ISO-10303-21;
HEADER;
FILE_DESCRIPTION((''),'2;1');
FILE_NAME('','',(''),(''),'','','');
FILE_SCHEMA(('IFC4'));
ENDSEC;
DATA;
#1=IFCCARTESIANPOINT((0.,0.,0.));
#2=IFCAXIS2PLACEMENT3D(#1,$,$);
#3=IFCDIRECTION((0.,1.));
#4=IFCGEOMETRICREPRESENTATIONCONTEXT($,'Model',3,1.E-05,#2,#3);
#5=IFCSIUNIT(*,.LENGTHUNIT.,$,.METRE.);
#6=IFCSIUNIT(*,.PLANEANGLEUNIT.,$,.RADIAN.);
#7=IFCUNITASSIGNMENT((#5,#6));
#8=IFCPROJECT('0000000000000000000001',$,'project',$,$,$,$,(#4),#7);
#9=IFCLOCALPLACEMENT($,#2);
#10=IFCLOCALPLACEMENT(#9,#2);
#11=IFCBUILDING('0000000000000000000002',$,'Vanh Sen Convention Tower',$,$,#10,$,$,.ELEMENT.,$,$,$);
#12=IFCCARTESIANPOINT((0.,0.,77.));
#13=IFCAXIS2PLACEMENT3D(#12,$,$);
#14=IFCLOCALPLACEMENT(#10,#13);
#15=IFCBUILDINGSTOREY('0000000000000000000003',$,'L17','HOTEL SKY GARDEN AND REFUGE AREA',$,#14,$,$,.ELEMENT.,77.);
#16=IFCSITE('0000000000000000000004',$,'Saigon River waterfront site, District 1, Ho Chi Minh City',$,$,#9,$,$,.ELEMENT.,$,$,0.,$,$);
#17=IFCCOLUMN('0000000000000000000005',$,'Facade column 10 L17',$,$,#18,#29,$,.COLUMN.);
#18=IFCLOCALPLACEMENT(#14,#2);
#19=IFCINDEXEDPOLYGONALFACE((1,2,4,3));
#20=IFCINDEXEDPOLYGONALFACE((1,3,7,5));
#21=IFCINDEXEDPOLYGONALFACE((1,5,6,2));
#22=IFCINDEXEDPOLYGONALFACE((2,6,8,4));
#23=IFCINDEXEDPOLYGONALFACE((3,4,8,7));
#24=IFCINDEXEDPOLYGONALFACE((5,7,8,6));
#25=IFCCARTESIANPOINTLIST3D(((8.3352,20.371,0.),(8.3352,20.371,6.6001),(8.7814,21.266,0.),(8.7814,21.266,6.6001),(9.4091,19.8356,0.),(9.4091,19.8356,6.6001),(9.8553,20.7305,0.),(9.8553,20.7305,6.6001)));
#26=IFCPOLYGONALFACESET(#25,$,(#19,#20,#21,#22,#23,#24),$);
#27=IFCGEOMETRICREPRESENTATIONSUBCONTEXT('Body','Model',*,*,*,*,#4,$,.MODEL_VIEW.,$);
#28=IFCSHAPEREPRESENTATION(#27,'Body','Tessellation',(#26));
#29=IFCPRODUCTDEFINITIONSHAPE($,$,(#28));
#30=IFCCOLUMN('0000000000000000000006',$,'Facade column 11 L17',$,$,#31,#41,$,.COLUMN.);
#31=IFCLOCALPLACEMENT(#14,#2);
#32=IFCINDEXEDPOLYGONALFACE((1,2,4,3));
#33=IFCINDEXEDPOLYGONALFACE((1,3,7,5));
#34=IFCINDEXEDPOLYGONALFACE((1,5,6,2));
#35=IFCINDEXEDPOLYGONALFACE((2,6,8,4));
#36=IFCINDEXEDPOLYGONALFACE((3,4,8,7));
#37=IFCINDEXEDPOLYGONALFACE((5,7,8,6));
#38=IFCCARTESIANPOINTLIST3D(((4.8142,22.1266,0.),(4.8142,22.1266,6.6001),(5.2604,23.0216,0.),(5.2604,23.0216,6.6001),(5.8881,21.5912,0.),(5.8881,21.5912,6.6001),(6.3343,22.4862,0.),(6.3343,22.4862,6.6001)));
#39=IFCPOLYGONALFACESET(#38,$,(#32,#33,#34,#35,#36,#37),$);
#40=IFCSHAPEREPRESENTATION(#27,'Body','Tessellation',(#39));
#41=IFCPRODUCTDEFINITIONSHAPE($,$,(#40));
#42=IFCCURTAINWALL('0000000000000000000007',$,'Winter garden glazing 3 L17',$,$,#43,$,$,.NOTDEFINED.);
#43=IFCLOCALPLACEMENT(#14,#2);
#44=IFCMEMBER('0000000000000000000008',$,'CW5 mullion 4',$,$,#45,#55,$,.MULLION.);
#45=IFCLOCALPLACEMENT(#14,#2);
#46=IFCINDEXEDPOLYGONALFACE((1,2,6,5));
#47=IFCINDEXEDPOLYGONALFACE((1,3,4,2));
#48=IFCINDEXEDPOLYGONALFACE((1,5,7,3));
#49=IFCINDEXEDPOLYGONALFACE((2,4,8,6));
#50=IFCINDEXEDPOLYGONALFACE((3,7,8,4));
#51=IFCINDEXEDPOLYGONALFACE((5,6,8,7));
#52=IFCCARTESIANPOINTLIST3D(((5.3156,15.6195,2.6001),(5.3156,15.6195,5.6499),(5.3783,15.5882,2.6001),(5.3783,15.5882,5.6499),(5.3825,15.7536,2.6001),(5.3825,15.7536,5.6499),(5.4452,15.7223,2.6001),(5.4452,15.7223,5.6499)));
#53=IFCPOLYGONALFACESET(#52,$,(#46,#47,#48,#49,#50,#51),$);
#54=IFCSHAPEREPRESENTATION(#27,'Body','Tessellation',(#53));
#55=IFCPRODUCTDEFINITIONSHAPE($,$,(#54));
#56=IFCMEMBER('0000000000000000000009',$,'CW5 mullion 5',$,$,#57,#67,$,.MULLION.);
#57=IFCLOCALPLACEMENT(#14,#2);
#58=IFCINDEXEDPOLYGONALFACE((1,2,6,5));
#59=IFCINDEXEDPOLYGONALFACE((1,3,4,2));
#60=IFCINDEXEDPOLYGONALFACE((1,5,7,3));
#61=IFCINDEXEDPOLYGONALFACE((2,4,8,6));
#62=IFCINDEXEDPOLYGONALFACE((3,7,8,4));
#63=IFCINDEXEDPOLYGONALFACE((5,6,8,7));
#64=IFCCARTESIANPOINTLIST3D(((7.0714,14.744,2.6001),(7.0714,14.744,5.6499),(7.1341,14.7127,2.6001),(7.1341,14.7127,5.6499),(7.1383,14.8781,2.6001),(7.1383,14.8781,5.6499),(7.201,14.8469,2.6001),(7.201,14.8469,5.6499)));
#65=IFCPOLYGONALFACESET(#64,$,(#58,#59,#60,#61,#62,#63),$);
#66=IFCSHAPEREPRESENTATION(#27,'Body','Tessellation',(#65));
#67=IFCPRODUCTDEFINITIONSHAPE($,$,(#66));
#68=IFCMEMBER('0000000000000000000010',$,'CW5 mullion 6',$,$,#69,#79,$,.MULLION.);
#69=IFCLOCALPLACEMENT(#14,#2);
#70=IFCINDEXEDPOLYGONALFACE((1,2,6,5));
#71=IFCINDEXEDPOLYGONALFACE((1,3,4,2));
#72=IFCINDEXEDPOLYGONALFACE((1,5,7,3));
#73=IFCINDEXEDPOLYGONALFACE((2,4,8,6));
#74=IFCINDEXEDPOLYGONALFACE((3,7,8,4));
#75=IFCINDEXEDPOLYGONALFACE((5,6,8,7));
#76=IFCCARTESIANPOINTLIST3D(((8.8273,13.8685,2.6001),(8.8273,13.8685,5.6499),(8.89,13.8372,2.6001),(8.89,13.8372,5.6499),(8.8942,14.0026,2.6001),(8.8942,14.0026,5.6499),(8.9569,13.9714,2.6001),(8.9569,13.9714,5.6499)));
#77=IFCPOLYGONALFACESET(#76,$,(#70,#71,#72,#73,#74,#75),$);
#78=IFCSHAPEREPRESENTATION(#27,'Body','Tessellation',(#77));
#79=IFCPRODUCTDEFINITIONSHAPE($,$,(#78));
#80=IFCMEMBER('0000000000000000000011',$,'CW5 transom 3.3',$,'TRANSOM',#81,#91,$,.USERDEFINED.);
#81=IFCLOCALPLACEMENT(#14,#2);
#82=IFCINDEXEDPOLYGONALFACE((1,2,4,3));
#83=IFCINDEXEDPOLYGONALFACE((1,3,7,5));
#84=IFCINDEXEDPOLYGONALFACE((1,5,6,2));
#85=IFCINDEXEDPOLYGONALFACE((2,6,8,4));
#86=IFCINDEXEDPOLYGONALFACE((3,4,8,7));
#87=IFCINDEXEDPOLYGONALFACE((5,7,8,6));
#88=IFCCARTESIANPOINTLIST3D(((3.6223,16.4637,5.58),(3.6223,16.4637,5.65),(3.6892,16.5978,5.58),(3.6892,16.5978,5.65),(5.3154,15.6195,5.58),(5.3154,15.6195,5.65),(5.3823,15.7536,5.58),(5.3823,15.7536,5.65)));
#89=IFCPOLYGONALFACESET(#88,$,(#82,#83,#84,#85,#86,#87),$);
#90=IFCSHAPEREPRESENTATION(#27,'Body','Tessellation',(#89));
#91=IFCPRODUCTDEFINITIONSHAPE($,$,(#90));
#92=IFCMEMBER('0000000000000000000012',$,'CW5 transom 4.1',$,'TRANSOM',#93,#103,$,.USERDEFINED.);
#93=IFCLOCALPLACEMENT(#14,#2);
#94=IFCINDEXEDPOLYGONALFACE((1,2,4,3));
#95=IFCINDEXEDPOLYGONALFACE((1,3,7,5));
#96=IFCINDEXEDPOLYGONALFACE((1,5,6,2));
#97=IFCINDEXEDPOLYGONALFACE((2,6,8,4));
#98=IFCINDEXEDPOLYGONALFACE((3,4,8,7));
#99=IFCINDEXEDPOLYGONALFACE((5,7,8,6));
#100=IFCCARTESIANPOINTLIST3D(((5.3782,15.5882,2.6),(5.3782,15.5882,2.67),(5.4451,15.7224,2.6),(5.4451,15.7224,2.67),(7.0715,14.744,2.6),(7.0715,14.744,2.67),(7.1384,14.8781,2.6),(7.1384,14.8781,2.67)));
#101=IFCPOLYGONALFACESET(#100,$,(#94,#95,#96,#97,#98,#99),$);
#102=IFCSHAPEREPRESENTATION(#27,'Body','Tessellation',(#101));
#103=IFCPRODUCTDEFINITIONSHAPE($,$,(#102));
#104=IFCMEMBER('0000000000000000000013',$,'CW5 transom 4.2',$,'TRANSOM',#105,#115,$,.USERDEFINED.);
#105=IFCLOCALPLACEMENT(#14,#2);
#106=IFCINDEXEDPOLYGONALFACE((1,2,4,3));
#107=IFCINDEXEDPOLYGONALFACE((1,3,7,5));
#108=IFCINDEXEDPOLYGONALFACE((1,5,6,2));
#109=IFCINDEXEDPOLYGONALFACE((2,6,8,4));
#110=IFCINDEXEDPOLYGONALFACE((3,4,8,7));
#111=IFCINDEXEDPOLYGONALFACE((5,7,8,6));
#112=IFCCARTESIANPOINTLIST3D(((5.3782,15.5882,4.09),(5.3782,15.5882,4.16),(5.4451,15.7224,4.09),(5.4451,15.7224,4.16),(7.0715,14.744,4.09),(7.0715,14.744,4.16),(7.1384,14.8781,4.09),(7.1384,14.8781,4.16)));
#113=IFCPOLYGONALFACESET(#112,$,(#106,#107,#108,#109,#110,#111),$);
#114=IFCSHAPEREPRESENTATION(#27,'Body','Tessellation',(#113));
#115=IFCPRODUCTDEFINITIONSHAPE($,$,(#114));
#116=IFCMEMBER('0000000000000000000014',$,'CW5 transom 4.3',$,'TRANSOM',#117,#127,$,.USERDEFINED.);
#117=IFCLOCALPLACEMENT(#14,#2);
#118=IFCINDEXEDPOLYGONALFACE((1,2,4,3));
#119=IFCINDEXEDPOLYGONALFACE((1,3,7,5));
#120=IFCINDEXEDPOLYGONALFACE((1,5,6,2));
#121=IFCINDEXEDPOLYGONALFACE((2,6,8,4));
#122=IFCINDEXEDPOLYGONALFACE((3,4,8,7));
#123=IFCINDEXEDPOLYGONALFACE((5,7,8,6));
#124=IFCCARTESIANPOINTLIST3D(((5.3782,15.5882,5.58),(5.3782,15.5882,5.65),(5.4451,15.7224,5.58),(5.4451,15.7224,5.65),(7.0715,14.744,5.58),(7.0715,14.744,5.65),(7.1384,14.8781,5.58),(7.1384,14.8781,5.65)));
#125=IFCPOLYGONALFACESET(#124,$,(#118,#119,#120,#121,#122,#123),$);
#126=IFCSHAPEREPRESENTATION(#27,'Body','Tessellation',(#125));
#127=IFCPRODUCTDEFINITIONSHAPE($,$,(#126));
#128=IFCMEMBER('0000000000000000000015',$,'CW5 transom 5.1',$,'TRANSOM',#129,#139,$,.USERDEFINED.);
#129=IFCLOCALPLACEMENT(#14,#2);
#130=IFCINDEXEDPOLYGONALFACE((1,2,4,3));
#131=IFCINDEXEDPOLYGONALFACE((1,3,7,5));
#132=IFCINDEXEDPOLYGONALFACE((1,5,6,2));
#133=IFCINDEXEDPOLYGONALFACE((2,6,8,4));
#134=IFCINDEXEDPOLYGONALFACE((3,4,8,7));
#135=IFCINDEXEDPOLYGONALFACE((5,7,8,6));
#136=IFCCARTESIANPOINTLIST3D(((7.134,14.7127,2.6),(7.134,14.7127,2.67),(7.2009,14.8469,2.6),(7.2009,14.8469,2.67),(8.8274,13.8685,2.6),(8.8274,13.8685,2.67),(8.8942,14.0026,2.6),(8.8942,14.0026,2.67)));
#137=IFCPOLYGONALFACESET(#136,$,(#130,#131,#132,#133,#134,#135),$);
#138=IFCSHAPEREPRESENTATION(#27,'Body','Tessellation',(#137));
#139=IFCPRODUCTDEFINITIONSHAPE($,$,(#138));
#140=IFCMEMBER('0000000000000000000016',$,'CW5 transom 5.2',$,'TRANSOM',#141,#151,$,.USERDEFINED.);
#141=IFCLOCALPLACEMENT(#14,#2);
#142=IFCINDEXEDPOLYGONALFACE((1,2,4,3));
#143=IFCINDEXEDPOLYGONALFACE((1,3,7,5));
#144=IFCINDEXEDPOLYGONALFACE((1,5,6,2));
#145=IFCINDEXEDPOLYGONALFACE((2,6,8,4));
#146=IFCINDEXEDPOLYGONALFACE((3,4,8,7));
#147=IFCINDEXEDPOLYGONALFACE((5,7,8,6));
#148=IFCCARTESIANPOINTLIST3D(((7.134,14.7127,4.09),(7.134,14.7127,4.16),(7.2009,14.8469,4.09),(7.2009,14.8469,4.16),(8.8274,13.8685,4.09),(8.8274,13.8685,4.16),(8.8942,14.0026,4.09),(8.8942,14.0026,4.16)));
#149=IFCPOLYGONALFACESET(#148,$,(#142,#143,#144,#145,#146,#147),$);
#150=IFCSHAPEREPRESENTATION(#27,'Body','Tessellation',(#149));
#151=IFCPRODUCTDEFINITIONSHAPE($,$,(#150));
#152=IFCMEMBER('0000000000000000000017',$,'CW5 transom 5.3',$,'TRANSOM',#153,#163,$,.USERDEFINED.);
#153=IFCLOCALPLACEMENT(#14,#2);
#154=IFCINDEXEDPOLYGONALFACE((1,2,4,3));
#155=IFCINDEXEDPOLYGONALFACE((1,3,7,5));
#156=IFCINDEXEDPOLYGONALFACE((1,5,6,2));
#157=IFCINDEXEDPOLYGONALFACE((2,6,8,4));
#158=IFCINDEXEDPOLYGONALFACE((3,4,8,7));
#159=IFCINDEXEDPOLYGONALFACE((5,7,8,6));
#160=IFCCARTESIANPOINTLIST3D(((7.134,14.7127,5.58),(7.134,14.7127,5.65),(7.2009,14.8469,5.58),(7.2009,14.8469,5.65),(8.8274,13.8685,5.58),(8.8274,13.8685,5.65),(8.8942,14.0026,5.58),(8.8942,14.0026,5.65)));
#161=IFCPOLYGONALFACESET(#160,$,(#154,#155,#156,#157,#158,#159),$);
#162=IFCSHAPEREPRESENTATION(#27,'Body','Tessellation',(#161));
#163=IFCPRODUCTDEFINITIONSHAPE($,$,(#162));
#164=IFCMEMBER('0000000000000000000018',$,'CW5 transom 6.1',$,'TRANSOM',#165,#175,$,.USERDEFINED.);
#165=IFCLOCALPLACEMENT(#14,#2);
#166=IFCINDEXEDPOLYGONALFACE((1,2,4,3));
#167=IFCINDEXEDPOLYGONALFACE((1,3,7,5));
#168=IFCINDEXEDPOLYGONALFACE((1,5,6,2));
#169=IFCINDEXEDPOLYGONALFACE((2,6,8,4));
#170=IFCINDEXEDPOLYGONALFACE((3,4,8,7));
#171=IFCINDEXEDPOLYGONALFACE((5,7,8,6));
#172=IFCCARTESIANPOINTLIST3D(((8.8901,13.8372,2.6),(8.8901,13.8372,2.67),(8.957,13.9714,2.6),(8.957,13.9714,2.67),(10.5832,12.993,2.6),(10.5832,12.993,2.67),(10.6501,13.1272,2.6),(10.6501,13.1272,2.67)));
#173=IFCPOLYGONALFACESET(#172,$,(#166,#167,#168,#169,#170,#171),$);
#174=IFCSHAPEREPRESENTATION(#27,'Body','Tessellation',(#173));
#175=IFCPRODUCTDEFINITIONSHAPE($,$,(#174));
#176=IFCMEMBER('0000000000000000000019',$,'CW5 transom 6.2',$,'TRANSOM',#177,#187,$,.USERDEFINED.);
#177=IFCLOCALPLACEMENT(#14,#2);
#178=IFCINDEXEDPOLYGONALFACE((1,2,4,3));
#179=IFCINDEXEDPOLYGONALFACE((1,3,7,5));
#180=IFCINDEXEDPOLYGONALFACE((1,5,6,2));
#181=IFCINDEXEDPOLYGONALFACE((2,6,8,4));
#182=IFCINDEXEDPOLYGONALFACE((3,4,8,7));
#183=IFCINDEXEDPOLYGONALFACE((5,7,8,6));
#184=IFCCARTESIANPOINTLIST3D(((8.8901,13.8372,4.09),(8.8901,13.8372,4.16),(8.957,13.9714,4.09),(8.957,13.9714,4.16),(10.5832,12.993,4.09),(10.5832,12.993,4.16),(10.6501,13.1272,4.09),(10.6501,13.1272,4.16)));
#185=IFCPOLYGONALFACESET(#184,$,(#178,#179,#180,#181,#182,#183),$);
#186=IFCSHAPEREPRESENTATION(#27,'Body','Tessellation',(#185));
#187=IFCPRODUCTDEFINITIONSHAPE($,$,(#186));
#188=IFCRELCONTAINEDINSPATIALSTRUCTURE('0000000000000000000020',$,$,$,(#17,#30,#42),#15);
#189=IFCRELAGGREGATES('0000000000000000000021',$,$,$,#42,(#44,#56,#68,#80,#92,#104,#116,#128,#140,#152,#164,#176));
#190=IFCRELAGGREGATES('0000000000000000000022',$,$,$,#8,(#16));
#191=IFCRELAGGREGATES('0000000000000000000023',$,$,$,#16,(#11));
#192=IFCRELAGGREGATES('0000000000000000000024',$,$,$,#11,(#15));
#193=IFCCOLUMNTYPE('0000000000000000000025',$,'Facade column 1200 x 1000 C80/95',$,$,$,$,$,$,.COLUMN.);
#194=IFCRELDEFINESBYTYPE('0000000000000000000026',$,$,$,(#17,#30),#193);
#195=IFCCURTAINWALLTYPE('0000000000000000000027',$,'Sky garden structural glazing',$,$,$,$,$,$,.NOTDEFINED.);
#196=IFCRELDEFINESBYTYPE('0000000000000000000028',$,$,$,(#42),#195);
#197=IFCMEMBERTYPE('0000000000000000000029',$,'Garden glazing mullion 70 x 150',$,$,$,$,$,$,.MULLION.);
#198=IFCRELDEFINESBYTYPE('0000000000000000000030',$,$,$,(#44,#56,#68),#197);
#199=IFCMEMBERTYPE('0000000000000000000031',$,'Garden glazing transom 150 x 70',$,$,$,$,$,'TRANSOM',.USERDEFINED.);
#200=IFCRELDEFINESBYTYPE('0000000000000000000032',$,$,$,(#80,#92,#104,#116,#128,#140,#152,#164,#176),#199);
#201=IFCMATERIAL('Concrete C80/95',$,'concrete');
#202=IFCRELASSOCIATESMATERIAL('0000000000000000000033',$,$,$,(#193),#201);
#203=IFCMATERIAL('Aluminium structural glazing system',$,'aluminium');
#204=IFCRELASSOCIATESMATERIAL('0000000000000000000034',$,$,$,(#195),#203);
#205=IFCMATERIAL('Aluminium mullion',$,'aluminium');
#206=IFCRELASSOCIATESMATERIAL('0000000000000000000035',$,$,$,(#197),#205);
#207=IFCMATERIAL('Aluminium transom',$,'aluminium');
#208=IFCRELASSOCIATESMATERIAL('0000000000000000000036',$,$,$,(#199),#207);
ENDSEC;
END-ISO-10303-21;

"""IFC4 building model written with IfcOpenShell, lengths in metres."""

from ifc_helpers import new_model, si_unit, direction, frame, origin, origin_2d, place, context, subcontext, project, spatial, rectangle, extrude, material, material_profile, profile_set, type_object, element, aggregate, save


model = new_model("IFC4")

# Units and contexts
model_context = context("Model", 3, precision=1e-05, world=origin(), true_north=direction((0.0, 1.0)))
body_context = subcontext(model_context, "Body", "Model", "MODEL_VIEW")
ifc_project = project(units=[si_unit("LENGTHUNIT", "METRE"), si_unit("PLANEANGLEUNIT", "RADIAN")], contexts=[model_context])

# Site, building, storey
site_placement = place(None, origin())
site = spatial("IfcSite", under=ifc_project, at=site_placement, Name="Saigon River waterfront site, District 1, Ho Chi Minh City", CompositionType="ELEMENT", RefElevation=0.0)
building_placement = place(site_placement, origin())
building = spatial("IfcBuilding", under=site, at=building_placement, Name="Vanh Sen Convention Tower", CompositionType="ELEMENT")
storey_placement = place(building_placement, frame((0.0, 0.0, 77.0)))
storey = spatial("IfcBuildingStorey", under=building, at=storey_placement, Name="L17", Description="HOTEL SKY GARDEN AND REFUGE AREA", CompositionType="ELEMENT", Elevation=77.0)

# Columns
ifc_material_1 = material(Name="Concrete C80/95", Category="concrete")
ifc_material_profile_1 = material_profile(ifc_material_1, rectangle(XDim=1.2, YDim=1.0, at=origin_2d()), Name="RC 1200X1000")
ifc_profile_set_1 = profile_set([ifc_material_profile_1], Name="Concrete C80/95")
column_type = type_object("IfcColumnType", Name="Facade column 1200 x 1000 C80/95", PredefinedType="COLUMN", material=ifc_profile_set_1)
for number, where, z_axis, x_axis, name in (
    (1, (9.0952, 20.5508, 0.0), (0.0, 0.0, 1.0), (-0.894934, 0.446198, 0.0), "Facade column 10 L17"),
    (2, (5.5742, 22.3064, 0.0), (0.0, 0.0, 1.0), (-0.894934, 0.446198, 0.0), "Facade column 11 L17"),
):
    element("IfcColumn", number, at=place(storey_placement, frame(where, z_axis=z_axis, x_axis=x_axis)), inside=storey, type_object=column_type, Name=name, PredefinedType="COLUMN", context=body_context, shape_type="SweptSolid", body=[
        extrude(rectangle(XDim=1.2, YDim=1.0, at=origin_2d()), origin(), (0.0, 0.0, 1.0), 6.6001),
    ])

# Curtain wall, members
ifc_material_2 = material(Name="Aluminium structural glazing system", Category="aluminium")
curtain_wall_type_1 = type_object("IfcCurtainWallType", Name="Sky garden structural glazing", PredefinedType="NOTDEFINED", material=ifc_material_2)
curtain_wall_1_placement = place(storey_placement, origin())
curtain_wall_1 = element("IfcCurtainWall", 3, at=curtain_wall_1_placement, inside=storey, type_object=curtain_wall_type_1, Name="Winter garden glazing 3 L17", PredefinedType="NOTDEFINED")
ifc_material_3 = material(Name="Aluminium mullion", Category="aluminium")
ifc_material_profile_2 = material_profile(ifc_material_3, rectangle(XDim=0.1499, YDim=0.0701, at=origin_2d()), Name="Garden glazing mullion 70 x 150")
ifc_profile_set_2 = profile_set([ifc_material_profile_2], Name="Aluminium mullion")
member_type_1 = type_object("IfcMemberType", Name="Garden glazing mullion 70 x 150", PredefinedType="MULLION", material=ifc_profile_set_2)
member_1_placement = place(storey_placement, frame((5.3804, 15.6709, 2.6001), z_axis=(0.0, 0.0, 1.0), x_axis=(0.446203, 0.894932, 0.0)))
member_1 = element("IfcMember", 4, at=member_1_placement, type_object=member_type_1, Name="CW5 mullion 4", PredefinedType="MULLION", context=body_context, shape_type="SweptSolid", body=[
    extrude(rectangle(XDim=0.1499, YDim=0.0701, at=origin_2d()), origin(), (0.0, 0.0, 1.0), 3.0498),
])
member_2_placement = place(storey_placement, frame((7.1362, 14.7954, 2.6001), z_axis=(0.0, 0.0, 1.0), x_axis=(0.446203, 0.894932, 0.0)))
member_2 = element("IfcMember", 5, at=member_2_placement, type_object=member_type_1, Name="CW5 mullion 5", PredefinedType="MULLION", context=body_context, shape_type="SweptSolid", body=[
    extrude(rectangle(XDim=0.1499, YDim=0.0701, at=origin_2d()), origin(), (0.0, 0.0, 1.0), 3.0498),
])
member_3_placement = place(storey_placement, frame((8.8921, 13.9199, 2.6001), z_axis=(0.0, 0.0, 1.0), x_axis=(0.446203, 0.894932, 0.0)))
member_3 = element("IfcMember", 6, at=member_3_placement, type_object=member_type_1, Name="CW5 mullion 6", PredefinedType="MULLION", context=body_context, shape_type="SweptSolid", body=[
    extrude(rectangle(XDim=0.1499, YDim=0.0701, at=origin_2d()), origin(), (0.0, 0.0, 1.0), 3.0498),
])
ifc_material_4 = material(Name="Aluminium transom", Category="aluminium")
ifc_material_profile_3 = material_profile(ifc_material_4, rectangle(XDim=0.1499, YDim=0.0701, at=origin_2d()), Name="Garden glazing transom 150 x 70")
ifc_profile_set_3 = profile_set([ifc_material_profile_3], Name="Aluminium transom")
member_type_2 = type_object("IfcMemberType", Name="Garden glazing transom 150 x 70", ElementType="TRANSOM", PredefinedType="USERDEFINED", material=ifc_profile_set_3)
member_4_placement = place(storey_placement, frame((3.6558, 16.5308, 5.615), z_axis=(0.894917, -0.446233, 0.0), x_axis=(0.446233, 0.894917, 0.0)))
member_4 = element("IfcMember", 7, at=member_4_placement, type_object=member_type_2, Name="CW5 transom 3.3", ObjectType="TRANSOM", PredefinedType="USERDEFINED", context=body_context, shape_type="SweptSolid", body=[
    extrude(rectangle(XDim=0.1499, YDim=0.0701, at=origin_2d()), origin(), (0.0, 0.0, 1.0), 1.8918),
])
member_5_placement = place(storey_placement, frame((5.4116, 15.6553, 2.635), z_axis=(0.894943, -0.446181, 0.0), x_axis=(0.446181, 0.894943, 0.0)))
member_5 = element("IfcMember", 8, at=member_5_placement, type_object=member_type_2, Name="CW5 transom 4.1", ObjectType="TRANSOM", PredefinedType="USERDEFINED", context=body_context, shape_type="SweptSolid", body=[
    extrude(rectangle(XDim=0.1499, YDim=0.0701, at=origin_2d()), origin(), (0.0, 0.0, 1.0), 1.8921),
])
member_6_placement = place(storey_placement, frame((5.4116, 15.6553, 4.125), z_axis=(0.894943, -0.446181, 0.0), x_axis=(0.446181, 0.894943, 0.0)))
member_6 = element("IfcMember", 9, at=member_6_placement, type_object=member_type_2, Name="CW5 transom 4.2", ObjectType="TRANSOM", PredefinedType="USERDEFINED", context=body_context, shape_type="SweptSolid", body=[
    extrude(rectangle(XDim=0.1499, YDim=0.0701, at=origin_2d()), origin(), (0.0, 0.0, 1.0), 1.8921),
])
member_7_placement = place(storey_placement, frame((5.4116, 15.6553, 5.615), z_axis=(0.894943, -0.446181, 0.0), x_axis=(0.446181, 0.894943, 0.0)))
member_7 = element("IfcMember", 10, at=member_7_placement, type_object=member_type_2, Name="CW5 transom 4.3", ObjectType="TRANSOM", PredefinedType="USERDEFINED", context=body_context, shape_type="SweptSolid", body=[
    extrude(rectangle(XDim=0.1499, YDim=0.0701, at=origin_2d()), origin(), (0.0, 0.0, 1.0), 1.8921),
])
member_8_placement = place(storey_placement, frame((7.1675, 14.7798, 2.635), z_axis=(0.894943, -0.446181, 0.0), x_axis=(0.446181, 0.894943, 0.0)))
member_8 = element("IfcMember", 11, at=member_8_placement, type_object=member_type_2, Name="CW5 transom 5.1", ObjectType="TRANSOM", PredefinedType="USERDEFINED", context=body_context, shape_type="SweptSolid", body=[
    extrude(rectangle(XDim=0.1499, YDim=0.0701, at=origin_2d()), origin(), (0.0, 0.0, 1.0), 1.8921),
])
member_9_placement = place(storey_placement, frame((7.1675, 14.7798, 4.125), z_axis=(0.894943, -0.446181, 0.0), x_axis=(0.446181, 0.894943, 0.0)))
member_9 = element("IfcMember", 12, at=member_9_placement, type_object=member_type_2, Name="CW5 transom 5.2", ObjectType="TRANSOM", PredefinedType="USERDEFINED", context=body_context, shape_type="SweptSolid", body=[
    extrude(rectangle(XDim=0.1499, YDim=0.0701, at=origin_2d()), origin(), (0.0, 0.0, 1.0), 1.8921),
])
member_10_placement = place(storey_placement, frame((7.1675, 14.7798, 5.615), z_axis=(0.894943, -0.446181, 0.0), x_axis=(0.446181, 0.894943, 0.0)))
member_10 = element("IfcMember", 13, at=member_10_placement, type_object=member_type_2, Name="CW5 transom 5.3", ObjectType="TRANSOM", PredefinedType="USERDEFINED", context=body_context, shape_type="SweptSolid", body=[
    extrude(rectangle(XDim=0.1499, YDim=0.0701, at=origin_2d()), origin(), (0.0, 0.0, 1.0), 1.8921),
])
member_11_placement = place(storey_placement, frame((8.9236, 13.9043, 2.635), z_axis=(0.894917, -0.446233, 0.0), x_axis=(0.446233, 0.894917, 0.0)))
member_11 = element("IfcMember", 14, at=member_11_placement, type_object=member_type_2, Name="CW5 transom 6.1", ObjectType="TRANSOM", PredefinedType="USERDEFINED", context=body_context, shape_type="SweptSolid", body=[
    extrude(rectangle(XDim=0.1499, YDim=0.0701, at=origin_2d()), origin(), (0.0, 0.0, 1.0), 1.8918),
])
member_12_placement = place(storey_placement, frame((8.9236, 13.9043, 4.125), z_axis=(0.894917, -0.446233, 0.0), x_axis=(0.446233, 0.894917, 0.0)))
member_12 = element("IfcMember", 15, at=member_12_placement, type_object=member_type_2, Name="CW5 transom 6.2", ObjectType="TRANSOM", PredefinedType="USERDEFINED", context=body_context, shape_type="SweptSolid", body=[
    extrude(rectangle(XDim=0.1499, YDim=0.0701, at=origin_2d()), origin(), (0.0, 0.0, 1.0), 1.8918),
])

aggregate(curtain_wall_1, [member_1, member_2, member_3, member_4, member_5, member_6, member_7, member_8, member_9, member_10, member_11, member_12])

save(model, "model.ifc")
